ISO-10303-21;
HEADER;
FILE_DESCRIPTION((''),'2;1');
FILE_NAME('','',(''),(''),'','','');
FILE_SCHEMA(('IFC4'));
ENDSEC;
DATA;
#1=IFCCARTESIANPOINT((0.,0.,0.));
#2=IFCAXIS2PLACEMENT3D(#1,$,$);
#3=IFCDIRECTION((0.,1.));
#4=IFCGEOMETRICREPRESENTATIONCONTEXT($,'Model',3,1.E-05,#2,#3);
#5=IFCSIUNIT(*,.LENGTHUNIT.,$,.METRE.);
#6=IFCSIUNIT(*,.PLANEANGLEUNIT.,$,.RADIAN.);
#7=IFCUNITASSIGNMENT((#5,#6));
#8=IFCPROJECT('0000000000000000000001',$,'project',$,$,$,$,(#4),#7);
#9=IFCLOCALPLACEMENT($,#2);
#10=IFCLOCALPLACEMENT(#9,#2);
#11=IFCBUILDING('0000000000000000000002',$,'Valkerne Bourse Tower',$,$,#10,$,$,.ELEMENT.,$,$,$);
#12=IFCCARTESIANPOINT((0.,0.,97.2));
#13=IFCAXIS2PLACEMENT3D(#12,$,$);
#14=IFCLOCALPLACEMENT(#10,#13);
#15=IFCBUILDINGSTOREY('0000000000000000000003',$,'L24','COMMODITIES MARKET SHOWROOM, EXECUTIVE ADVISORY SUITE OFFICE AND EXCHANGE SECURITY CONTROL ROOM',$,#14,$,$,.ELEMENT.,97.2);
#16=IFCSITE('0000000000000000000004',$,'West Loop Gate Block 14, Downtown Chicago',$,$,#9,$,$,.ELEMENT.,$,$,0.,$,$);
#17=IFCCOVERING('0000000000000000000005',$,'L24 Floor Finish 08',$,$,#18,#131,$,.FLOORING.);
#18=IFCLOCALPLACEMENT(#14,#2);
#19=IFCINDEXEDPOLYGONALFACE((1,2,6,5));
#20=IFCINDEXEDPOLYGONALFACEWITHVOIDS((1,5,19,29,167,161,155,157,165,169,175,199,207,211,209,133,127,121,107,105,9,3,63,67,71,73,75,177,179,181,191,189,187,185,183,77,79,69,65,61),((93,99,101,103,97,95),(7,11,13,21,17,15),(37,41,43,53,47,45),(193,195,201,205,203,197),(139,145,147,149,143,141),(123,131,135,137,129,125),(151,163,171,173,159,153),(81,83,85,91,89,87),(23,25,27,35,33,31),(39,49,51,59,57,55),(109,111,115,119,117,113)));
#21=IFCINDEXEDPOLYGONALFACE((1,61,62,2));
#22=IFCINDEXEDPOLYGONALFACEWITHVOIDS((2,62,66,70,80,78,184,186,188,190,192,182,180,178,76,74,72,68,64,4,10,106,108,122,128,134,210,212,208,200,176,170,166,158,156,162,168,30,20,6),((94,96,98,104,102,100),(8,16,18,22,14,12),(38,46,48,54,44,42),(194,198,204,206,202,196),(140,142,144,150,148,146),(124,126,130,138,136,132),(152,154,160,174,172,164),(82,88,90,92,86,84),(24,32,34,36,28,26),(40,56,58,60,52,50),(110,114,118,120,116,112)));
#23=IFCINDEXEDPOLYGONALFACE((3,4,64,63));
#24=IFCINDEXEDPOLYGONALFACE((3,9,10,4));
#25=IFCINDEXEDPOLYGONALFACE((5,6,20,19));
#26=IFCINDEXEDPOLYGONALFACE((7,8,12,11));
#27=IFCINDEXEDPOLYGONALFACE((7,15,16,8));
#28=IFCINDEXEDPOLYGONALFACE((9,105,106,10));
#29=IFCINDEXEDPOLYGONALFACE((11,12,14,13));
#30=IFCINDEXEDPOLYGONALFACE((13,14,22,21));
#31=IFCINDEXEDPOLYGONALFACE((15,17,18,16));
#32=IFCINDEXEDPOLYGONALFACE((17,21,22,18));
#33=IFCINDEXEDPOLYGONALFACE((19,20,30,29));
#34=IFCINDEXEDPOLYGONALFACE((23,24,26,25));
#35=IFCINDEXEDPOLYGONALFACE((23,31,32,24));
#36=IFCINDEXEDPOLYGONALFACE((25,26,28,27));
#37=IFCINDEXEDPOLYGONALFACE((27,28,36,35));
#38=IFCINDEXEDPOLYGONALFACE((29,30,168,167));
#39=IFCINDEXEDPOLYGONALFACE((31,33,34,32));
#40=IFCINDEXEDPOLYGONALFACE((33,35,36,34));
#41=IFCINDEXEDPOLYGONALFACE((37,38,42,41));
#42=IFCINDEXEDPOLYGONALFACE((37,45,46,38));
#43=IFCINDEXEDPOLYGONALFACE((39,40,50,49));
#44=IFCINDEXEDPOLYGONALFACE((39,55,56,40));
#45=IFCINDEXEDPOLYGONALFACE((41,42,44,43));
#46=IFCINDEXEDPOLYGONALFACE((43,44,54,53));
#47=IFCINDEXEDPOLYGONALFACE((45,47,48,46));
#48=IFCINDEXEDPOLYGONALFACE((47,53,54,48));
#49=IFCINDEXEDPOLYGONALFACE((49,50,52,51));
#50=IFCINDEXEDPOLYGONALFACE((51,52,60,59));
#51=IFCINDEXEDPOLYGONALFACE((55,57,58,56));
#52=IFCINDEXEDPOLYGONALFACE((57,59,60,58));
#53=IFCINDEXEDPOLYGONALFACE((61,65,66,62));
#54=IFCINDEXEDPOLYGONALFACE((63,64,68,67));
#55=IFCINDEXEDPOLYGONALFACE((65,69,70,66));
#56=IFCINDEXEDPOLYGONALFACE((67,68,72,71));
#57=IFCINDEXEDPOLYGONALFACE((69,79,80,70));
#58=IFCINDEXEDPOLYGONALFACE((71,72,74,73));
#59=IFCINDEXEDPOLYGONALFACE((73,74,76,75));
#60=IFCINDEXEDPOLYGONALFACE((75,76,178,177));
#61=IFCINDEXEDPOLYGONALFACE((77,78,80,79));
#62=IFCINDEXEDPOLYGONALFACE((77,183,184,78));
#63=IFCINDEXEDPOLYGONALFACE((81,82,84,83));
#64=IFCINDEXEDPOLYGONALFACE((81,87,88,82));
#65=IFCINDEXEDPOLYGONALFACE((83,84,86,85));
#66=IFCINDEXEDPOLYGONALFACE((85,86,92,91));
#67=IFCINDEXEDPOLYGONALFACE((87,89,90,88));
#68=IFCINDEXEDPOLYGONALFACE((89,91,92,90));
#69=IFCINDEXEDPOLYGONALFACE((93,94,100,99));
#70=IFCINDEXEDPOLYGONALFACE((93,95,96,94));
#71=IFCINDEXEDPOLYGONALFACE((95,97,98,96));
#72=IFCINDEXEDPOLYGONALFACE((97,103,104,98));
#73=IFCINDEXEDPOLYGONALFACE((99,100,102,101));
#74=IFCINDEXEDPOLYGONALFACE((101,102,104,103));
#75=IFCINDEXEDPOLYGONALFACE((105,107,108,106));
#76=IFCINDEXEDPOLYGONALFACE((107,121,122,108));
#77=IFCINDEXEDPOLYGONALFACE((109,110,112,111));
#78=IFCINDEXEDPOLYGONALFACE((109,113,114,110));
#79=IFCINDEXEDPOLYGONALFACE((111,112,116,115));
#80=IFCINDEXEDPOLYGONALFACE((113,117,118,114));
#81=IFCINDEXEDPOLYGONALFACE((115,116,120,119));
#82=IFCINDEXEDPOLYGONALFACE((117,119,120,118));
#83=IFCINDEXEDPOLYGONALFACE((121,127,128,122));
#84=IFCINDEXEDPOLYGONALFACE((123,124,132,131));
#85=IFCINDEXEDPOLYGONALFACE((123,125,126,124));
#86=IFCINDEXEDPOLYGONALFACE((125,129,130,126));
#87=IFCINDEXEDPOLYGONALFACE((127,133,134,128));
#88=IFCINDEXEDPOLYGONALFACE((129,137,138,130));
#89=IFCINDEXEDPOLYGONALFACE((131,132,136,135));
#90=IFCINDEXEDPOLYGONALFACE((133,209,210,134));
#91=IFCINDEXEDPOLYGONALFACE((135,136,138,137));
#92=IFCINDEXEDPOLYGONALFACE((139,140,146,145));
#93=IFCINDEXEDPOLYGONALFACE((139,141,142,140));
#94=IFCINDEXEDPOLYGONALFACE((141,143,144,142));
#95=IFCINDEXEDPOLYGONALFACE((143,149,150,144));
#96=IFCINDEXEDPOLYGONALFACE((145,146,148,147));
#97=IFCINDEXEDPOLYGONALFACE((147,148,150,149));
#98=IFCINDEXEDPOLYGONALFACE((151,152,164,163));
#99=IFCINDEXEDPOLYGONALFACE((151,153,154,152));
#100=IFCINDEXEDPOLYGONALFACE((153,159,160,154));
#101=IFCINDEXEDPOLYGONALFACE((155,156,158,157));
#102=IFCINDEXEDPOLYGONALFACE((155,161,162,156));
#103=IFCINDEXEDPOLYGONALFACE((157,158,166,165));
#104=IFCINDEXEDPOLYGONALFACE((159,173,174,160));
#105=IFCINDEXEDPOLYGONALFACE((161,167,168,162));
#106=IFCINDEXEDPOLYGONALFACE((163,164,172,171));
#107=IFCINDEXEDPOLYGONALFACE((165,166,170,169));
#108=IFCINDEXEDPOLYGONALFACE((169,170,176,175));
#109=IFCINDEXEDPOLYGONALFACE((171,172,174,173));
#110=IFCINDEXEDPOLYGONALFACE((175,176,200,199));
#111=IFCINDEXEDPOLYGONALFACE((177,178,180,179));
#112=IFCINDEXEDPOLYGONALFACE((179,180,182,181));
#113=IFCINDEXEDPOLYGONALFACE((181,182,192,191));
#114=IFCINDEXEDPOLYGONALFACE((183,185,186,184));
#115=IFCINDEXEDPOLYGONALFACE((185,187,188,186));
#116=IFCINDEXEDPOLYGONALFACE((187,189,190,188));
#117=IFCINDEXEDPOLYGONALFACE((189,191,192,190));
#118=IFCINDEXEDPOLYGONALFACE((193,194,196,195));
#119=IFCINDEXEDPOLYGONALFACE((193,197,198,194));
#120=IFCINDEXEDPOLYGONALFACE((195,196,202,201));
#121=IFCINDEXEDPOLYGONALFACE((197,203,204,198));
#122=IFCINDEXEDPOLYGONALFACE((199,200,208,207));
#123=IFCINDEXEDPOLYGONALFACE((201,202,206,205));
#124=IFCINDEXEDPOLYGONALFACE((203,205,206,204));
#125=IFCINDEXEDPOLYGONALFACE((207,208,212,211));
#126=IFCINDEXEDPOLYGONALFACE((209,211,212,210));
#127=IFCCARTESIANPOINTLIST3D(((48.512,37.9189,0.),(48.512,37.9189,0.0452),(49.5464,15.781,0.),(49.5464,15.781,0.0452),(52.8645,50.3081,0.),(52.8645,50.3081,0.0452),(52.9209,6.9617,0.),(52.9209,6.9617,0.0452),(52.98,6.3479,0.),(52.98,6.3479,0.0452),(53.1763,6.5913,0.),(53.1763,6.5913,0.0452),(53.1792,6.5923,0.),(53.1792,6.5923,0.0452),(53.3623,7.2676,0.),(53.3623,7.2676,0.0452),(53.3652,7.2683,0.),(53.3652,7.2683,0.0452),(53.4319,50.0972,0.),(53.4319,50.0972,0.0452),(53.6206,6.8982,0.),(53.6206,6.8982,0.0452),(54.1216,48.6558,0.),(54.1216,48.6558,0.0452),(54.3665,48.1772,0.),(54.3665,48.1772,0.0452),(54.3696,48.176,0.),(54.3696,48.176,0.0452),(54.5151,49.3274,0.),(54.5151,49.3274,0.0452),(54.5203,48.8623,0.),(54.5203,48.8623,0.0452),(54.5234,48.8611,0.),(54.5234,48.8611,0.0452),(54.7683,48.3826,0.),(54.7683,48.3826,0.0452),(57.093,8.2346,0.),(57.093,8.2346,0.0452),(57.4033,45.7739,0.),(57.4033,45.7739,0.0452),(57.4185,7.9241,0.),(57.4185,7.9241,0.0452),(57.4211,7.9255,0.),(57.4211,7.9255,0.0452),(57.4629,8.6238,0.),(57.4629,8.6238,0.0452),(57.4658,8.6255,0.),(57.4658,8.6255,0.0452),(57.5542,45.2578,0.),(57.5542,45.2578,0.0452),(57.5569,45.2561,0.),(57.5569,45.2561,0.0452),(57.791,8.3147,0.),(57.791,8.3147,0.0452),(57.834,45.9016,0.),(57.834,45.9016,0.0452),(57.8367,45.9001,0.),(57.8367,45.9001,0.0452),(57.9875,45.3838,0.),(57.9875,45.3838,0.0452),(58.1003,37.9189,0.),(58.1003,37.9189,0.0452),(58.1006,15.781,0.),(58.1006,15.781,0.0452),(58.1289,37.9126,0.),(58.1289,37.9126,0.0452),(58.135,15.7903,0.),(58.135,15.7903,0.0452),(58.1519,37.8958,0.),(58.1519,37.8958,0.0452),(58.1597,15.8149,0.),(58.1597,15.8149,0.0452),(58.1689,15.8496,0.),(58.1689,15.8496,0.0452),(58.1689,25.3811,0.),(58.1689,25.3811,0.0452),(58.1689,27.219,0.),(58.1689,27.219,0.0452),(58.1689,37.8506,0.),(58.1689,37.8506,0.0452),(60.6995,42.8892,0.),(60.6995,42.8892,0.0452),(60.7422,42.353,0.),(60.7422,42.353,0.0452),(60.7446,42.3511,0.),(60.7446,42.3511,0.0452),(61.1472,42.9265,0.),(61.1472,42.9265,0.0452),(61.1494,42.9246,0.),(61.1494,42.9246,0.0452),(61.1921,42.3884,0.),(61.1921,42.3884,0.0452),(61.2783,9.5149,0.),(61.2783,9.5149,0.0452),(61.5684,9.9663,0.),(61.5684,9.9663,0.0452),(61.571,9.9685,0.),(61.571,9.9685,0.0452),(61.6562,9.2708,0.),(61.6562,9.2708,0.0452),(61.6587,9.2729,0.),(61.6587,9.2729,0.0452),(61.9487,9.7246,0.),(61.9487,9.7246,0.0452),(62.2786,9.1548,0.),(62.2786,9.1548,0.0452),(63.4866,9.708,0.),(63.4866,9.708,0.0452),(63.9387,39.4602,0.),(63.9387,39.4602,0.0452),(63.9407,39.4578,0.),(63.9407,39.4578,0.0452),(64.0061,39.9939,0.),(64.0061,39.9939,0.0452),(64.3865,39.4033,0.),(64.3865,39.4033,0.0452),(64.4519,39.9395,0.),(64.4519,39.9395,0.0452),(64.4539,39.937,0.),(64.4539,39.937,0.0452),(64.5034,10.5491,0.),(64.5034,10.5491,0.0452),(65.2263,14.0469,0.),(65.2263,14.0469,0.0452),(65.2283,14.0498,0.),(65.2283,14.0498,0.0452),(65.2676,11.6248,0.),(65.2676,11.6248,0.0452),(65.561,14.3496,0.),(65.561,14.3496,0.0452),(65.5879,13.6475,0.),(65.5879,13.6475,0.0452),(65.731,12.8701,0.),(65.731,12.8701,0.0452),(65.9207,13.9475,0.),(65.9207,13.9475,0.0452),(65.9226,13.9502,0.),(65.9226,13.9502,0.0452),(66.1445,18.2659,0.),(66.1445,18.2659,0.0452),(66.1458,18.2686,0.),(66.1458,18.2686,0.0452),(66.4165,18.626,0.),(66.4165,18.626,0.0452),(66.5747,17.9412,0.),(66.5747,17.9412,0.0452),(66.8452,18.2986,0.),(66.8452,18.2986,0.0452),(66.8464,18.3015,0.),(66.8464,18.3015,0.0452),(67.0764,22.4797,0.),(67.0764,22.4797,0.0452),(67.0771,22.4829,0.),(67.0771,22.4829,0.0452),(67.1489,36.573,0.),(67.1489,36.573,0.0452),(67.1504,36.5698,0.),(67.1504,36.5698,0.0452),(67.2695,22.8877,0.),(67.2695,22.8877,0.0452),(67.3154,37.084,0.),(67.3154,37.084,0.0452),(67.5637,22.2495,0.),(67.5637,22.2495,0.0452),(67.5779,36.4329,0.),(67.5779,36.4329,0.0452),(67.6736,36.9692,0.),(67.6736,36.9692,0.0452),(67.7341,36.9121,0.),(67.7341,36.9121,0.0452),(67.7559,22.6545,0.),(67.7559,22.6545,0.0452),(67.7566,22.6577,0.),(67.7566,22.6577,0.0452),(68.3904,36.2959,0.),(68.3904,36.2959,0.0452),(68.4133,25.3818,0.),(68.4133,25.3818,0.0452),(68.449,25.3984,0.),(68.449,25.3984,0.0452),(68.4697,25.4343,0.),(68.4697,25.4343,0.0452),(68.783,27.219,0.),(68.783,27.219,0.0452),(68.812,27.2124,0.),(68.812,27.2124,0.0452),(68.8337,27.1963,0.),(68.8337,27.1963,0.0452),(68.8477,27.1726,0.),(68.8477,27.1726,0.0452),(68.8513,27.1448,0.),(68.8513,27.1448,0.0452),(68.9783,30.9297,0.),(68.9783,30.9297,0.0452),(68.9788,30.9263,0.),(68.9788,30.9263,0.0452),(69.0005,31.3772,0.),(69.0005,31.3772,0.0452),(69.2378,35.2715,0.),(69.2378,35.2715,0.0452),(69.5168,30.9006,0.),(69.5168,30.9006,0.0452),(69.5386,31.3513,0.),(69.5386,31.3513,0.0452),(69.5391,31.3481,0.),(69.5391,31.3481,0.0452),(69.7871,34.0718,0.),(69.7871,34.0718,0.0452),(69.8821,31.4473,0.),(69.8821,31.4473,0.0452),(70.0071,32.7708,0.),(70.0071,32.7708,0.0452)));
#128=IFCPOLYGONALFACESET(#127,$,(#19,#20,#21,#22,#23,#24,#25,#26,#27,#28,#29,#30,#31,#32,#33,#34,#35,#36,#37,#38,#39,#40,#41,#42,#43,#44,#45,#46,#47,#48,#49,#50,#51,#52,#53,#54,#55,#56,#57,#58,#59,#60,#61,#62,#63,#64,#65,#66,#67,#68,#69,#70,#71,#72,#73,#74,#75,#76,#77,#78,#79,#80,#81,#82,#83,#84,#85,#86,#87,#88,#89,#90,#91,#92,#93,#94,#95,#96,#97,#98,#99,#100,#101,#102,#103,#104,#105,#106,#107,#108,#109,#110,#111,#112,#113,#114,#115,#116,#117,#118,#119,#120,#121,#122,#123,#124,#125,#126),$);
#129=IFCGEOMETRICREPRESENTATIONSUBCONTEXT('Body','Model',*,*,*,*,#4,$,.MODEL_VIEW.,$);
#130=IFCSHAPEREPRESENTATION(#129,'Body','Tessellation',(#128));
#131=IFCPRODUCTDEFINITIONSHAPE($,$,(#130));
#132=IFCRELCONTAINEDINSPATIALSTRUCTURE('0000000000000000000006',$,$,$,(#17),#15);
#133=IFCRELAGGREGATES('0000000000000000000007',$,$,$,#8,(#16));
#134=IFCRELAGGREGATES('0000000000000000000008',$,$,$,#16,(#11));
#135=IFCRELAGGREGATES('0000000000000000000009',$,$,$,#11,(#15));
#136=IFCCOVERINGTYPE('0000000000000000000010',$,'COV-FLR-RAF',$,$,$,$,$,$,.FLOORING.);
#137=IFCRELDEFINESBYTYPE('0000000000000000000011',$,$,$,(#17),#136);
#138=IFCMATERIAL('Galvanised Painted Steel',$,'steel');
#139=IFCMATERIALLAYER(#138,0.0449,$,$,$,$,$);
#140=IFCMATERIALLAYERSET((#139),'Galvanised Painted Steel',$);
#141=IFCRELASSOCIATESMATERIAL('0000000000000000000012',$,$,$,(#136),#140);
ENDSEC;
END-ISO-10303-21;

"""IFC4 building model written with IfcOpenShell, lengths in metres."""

from ifc_helpers import new_model, si_unit, direction, frame, origin, place, context, subcontext, project, spatial, polyline, outline, extrude, material, layer, layer_set, type_object, element, save


model = new_model("IFC4")

# Units and contexts
model_context = context("Model", 3, precision=1e-05, world=origin(), true_north=direction((0.0, 1.0)))
body_context = subcontext(model_context, "Body", "Model", "MODEL_VIEW")
ifc_project = project(units=[si_unit("LENGTHUNIT", "METRE"), si_unit("PLANEANGLEUNIT", "RADIAN")], contexts=[model_context])

# Site, building, storey
site_placement = place(None, origin())
site = spatial("IfcSite", under=ifc_project, at=site_placement, Name="West Loop Gate Block 14, Downtown Chicago", CompositionType="ELEMENT", RefElevation=0.0)
building_placement = place(site_placement, origin())
building = spatial("IfcBuilding", under=site, at=building_placement, Name="Valkerne Bourse Tower", CompositionType="ELEMENT")
storey_placement = place(building_placement, frame((0.0, 0.0, 97.2)))
storey = spatial("IfcBuildingStorey", under=building, at=storey_placement, Name="L24", Description="COMMODITIES MARKET SHOWROOM, EXECUTIVE ADVISORY SUITE OFFICE AND EXCHANGE SECURITY CONTROL ROOM", CompositionType="ELEMENT", Elevation=97.2)

# Covering
ifc_material_1 = material(Name="Galvanised Painted Steel", Category="steel")
ifc_layer_1 = layer(ifc_material_1, 0.0449)
ifc_layer_set_1 = layer_set([ifc_layer_1], Name="Galvanised Painted Steel")
covering_type_1 = type_object("IfcCoveringType", Name="COV-FLR-RAF", PredefinedType="FLOORING", material=ifc_layer_set_1)
covering_1_placement = place(storey_placement, origin())
element("IfcCovering", 1, at=covering_1_placement, inside=storey, type_object=covering_type_1, Name="L24 Floor Finish 08", PredefinedType="FLOORING", context=body_context, shape_type="SweptSolid", body=[
    extrude(outline(polyline([(63.4866, 9.708), (62.2786, 9.1548), (52.98, 6.3479), (49.5464, 15.781), (58.1006, 15.781), (58.135, 15.7903), (58.1597, 15.8149), (58.1689, 15.8496), (58.1689, 25.3811), (68.4133, 25.3818), (68.449, 25.3984), (68.4697, 25.4343), (68.8513, 27.1448), (68.8477, 27.1726), (68.8337, 27.1963), (68.812, 27.2124), (68.783, 27.219), (58.1689, 27.219), (58.1689, 37.8506), (58.1519, 37.8958), (58.1289, 37.9126), (58.1003, 37.9189), (48.512, 37.9189), (52.8645, 50.3081), (53.4319, 50.0972), (54.5151, 49.3274), (67.6736, 36.9692), (67.3154, 37.084), (67.1489, 36.573), (67.1504, 36.5698), (67.5779, 36.4329), (67.7341, 36.9121), (68.3904, 36.2959), (69.2378, 35.2715), (69.7871, 34.0718), (70.0071, 32.7708), (69.8821, 31.4473), (65.731, 12.8701), (65.2676, 11.6248), (64.5034, 10.5491), (63.4866, 9.708)]), holes=[polyline([(53.6206, 6.8982), (53.3652, 7.2683), (53.3623, 7.2676), (52.9209, 6.9617), (53.1763, 6.5913), (53.1792, 6.5923), (53.6206, 6.8982)]), polyline([(54.5234, 48.8611), (54.5203, 48.8623), (54.1216, 48.6558), (54.3665, 48.1772), (54.3696, 48.176), (54.7683, 48.3826), (54.5234, 48.8611)]), polyline([(57.4211, 7.9255), (57.791, 8.3147), (57.4658, 8.6255), (57.4629, 8.6238), (57.093, 8.2346), (57.4185, 7.9241), (57.4211, 7.9255)]), polyline([(61.6587, 9.2729), (61.9487, 9.7246), (61.571, 9.9685), (61.5684, 9.9663), (61.2783, 9.5149), (61.6562, 9.2708), (61.6587, 9.2729)]), polyline([(65.9226, 13.9502), (65.561, 14.3496), (65.2283, 14.0498), (65.2263, 14.0469), (65.5879, 13.6475), (65.9207, 13.9475), (65.9226, 13.9502)]), polyline([(66.8464, 18.3015), (66.4165, 18.626), (66.1458, 18.2686), (66.1445, 18.2659), (66.5747, 17.9412), (66.8452, 18.2986), (66.8464, 18.3015)]), polyline([(67.7566, 22.6577), (67.2695, 22.8877), (67.0771, 22.4829), (67.0764, 22.4797), (67.5637, 22.2495), (67.7559, 22.6545), (67.7566, 22.6577)]), polyline([(69.5386, 31.3513), (69.0005, 31.3772), (68.9783, 30.9297), (68.9788, 30.9263), (69.5168, 30.9006), (69.5391, 31.3481), (69.5386, 31.3513)]), polyline([(64.4539, 39.937), (64.4519, 39.9395), (64.0061, 39.9939), (63.9387, 39.4602), (63.9407, 39.4578), (64.3865, 39.4033), (64.4539, 39.937)]), polyline([(61.1494, 42.9246), (61.1472, 42.9265), (60.6995, 42.8892), (60.7422, 42.353), (60.7446, 42.3511), (61.1921, 42.3884), (61.1494, 42.9246)]), polyline([(57.9875, 45.3838), (57.8367, 45.9001), (57.834, 45.9016), (57.4033, 45.7739), (57.5542, 45.2578), (57.5569, 45.2561), (57.9875, 45.3838)])]), origin(), (0.0, 0.0, 1.0), 0.0452),
])

save(model, "model.ifc")
